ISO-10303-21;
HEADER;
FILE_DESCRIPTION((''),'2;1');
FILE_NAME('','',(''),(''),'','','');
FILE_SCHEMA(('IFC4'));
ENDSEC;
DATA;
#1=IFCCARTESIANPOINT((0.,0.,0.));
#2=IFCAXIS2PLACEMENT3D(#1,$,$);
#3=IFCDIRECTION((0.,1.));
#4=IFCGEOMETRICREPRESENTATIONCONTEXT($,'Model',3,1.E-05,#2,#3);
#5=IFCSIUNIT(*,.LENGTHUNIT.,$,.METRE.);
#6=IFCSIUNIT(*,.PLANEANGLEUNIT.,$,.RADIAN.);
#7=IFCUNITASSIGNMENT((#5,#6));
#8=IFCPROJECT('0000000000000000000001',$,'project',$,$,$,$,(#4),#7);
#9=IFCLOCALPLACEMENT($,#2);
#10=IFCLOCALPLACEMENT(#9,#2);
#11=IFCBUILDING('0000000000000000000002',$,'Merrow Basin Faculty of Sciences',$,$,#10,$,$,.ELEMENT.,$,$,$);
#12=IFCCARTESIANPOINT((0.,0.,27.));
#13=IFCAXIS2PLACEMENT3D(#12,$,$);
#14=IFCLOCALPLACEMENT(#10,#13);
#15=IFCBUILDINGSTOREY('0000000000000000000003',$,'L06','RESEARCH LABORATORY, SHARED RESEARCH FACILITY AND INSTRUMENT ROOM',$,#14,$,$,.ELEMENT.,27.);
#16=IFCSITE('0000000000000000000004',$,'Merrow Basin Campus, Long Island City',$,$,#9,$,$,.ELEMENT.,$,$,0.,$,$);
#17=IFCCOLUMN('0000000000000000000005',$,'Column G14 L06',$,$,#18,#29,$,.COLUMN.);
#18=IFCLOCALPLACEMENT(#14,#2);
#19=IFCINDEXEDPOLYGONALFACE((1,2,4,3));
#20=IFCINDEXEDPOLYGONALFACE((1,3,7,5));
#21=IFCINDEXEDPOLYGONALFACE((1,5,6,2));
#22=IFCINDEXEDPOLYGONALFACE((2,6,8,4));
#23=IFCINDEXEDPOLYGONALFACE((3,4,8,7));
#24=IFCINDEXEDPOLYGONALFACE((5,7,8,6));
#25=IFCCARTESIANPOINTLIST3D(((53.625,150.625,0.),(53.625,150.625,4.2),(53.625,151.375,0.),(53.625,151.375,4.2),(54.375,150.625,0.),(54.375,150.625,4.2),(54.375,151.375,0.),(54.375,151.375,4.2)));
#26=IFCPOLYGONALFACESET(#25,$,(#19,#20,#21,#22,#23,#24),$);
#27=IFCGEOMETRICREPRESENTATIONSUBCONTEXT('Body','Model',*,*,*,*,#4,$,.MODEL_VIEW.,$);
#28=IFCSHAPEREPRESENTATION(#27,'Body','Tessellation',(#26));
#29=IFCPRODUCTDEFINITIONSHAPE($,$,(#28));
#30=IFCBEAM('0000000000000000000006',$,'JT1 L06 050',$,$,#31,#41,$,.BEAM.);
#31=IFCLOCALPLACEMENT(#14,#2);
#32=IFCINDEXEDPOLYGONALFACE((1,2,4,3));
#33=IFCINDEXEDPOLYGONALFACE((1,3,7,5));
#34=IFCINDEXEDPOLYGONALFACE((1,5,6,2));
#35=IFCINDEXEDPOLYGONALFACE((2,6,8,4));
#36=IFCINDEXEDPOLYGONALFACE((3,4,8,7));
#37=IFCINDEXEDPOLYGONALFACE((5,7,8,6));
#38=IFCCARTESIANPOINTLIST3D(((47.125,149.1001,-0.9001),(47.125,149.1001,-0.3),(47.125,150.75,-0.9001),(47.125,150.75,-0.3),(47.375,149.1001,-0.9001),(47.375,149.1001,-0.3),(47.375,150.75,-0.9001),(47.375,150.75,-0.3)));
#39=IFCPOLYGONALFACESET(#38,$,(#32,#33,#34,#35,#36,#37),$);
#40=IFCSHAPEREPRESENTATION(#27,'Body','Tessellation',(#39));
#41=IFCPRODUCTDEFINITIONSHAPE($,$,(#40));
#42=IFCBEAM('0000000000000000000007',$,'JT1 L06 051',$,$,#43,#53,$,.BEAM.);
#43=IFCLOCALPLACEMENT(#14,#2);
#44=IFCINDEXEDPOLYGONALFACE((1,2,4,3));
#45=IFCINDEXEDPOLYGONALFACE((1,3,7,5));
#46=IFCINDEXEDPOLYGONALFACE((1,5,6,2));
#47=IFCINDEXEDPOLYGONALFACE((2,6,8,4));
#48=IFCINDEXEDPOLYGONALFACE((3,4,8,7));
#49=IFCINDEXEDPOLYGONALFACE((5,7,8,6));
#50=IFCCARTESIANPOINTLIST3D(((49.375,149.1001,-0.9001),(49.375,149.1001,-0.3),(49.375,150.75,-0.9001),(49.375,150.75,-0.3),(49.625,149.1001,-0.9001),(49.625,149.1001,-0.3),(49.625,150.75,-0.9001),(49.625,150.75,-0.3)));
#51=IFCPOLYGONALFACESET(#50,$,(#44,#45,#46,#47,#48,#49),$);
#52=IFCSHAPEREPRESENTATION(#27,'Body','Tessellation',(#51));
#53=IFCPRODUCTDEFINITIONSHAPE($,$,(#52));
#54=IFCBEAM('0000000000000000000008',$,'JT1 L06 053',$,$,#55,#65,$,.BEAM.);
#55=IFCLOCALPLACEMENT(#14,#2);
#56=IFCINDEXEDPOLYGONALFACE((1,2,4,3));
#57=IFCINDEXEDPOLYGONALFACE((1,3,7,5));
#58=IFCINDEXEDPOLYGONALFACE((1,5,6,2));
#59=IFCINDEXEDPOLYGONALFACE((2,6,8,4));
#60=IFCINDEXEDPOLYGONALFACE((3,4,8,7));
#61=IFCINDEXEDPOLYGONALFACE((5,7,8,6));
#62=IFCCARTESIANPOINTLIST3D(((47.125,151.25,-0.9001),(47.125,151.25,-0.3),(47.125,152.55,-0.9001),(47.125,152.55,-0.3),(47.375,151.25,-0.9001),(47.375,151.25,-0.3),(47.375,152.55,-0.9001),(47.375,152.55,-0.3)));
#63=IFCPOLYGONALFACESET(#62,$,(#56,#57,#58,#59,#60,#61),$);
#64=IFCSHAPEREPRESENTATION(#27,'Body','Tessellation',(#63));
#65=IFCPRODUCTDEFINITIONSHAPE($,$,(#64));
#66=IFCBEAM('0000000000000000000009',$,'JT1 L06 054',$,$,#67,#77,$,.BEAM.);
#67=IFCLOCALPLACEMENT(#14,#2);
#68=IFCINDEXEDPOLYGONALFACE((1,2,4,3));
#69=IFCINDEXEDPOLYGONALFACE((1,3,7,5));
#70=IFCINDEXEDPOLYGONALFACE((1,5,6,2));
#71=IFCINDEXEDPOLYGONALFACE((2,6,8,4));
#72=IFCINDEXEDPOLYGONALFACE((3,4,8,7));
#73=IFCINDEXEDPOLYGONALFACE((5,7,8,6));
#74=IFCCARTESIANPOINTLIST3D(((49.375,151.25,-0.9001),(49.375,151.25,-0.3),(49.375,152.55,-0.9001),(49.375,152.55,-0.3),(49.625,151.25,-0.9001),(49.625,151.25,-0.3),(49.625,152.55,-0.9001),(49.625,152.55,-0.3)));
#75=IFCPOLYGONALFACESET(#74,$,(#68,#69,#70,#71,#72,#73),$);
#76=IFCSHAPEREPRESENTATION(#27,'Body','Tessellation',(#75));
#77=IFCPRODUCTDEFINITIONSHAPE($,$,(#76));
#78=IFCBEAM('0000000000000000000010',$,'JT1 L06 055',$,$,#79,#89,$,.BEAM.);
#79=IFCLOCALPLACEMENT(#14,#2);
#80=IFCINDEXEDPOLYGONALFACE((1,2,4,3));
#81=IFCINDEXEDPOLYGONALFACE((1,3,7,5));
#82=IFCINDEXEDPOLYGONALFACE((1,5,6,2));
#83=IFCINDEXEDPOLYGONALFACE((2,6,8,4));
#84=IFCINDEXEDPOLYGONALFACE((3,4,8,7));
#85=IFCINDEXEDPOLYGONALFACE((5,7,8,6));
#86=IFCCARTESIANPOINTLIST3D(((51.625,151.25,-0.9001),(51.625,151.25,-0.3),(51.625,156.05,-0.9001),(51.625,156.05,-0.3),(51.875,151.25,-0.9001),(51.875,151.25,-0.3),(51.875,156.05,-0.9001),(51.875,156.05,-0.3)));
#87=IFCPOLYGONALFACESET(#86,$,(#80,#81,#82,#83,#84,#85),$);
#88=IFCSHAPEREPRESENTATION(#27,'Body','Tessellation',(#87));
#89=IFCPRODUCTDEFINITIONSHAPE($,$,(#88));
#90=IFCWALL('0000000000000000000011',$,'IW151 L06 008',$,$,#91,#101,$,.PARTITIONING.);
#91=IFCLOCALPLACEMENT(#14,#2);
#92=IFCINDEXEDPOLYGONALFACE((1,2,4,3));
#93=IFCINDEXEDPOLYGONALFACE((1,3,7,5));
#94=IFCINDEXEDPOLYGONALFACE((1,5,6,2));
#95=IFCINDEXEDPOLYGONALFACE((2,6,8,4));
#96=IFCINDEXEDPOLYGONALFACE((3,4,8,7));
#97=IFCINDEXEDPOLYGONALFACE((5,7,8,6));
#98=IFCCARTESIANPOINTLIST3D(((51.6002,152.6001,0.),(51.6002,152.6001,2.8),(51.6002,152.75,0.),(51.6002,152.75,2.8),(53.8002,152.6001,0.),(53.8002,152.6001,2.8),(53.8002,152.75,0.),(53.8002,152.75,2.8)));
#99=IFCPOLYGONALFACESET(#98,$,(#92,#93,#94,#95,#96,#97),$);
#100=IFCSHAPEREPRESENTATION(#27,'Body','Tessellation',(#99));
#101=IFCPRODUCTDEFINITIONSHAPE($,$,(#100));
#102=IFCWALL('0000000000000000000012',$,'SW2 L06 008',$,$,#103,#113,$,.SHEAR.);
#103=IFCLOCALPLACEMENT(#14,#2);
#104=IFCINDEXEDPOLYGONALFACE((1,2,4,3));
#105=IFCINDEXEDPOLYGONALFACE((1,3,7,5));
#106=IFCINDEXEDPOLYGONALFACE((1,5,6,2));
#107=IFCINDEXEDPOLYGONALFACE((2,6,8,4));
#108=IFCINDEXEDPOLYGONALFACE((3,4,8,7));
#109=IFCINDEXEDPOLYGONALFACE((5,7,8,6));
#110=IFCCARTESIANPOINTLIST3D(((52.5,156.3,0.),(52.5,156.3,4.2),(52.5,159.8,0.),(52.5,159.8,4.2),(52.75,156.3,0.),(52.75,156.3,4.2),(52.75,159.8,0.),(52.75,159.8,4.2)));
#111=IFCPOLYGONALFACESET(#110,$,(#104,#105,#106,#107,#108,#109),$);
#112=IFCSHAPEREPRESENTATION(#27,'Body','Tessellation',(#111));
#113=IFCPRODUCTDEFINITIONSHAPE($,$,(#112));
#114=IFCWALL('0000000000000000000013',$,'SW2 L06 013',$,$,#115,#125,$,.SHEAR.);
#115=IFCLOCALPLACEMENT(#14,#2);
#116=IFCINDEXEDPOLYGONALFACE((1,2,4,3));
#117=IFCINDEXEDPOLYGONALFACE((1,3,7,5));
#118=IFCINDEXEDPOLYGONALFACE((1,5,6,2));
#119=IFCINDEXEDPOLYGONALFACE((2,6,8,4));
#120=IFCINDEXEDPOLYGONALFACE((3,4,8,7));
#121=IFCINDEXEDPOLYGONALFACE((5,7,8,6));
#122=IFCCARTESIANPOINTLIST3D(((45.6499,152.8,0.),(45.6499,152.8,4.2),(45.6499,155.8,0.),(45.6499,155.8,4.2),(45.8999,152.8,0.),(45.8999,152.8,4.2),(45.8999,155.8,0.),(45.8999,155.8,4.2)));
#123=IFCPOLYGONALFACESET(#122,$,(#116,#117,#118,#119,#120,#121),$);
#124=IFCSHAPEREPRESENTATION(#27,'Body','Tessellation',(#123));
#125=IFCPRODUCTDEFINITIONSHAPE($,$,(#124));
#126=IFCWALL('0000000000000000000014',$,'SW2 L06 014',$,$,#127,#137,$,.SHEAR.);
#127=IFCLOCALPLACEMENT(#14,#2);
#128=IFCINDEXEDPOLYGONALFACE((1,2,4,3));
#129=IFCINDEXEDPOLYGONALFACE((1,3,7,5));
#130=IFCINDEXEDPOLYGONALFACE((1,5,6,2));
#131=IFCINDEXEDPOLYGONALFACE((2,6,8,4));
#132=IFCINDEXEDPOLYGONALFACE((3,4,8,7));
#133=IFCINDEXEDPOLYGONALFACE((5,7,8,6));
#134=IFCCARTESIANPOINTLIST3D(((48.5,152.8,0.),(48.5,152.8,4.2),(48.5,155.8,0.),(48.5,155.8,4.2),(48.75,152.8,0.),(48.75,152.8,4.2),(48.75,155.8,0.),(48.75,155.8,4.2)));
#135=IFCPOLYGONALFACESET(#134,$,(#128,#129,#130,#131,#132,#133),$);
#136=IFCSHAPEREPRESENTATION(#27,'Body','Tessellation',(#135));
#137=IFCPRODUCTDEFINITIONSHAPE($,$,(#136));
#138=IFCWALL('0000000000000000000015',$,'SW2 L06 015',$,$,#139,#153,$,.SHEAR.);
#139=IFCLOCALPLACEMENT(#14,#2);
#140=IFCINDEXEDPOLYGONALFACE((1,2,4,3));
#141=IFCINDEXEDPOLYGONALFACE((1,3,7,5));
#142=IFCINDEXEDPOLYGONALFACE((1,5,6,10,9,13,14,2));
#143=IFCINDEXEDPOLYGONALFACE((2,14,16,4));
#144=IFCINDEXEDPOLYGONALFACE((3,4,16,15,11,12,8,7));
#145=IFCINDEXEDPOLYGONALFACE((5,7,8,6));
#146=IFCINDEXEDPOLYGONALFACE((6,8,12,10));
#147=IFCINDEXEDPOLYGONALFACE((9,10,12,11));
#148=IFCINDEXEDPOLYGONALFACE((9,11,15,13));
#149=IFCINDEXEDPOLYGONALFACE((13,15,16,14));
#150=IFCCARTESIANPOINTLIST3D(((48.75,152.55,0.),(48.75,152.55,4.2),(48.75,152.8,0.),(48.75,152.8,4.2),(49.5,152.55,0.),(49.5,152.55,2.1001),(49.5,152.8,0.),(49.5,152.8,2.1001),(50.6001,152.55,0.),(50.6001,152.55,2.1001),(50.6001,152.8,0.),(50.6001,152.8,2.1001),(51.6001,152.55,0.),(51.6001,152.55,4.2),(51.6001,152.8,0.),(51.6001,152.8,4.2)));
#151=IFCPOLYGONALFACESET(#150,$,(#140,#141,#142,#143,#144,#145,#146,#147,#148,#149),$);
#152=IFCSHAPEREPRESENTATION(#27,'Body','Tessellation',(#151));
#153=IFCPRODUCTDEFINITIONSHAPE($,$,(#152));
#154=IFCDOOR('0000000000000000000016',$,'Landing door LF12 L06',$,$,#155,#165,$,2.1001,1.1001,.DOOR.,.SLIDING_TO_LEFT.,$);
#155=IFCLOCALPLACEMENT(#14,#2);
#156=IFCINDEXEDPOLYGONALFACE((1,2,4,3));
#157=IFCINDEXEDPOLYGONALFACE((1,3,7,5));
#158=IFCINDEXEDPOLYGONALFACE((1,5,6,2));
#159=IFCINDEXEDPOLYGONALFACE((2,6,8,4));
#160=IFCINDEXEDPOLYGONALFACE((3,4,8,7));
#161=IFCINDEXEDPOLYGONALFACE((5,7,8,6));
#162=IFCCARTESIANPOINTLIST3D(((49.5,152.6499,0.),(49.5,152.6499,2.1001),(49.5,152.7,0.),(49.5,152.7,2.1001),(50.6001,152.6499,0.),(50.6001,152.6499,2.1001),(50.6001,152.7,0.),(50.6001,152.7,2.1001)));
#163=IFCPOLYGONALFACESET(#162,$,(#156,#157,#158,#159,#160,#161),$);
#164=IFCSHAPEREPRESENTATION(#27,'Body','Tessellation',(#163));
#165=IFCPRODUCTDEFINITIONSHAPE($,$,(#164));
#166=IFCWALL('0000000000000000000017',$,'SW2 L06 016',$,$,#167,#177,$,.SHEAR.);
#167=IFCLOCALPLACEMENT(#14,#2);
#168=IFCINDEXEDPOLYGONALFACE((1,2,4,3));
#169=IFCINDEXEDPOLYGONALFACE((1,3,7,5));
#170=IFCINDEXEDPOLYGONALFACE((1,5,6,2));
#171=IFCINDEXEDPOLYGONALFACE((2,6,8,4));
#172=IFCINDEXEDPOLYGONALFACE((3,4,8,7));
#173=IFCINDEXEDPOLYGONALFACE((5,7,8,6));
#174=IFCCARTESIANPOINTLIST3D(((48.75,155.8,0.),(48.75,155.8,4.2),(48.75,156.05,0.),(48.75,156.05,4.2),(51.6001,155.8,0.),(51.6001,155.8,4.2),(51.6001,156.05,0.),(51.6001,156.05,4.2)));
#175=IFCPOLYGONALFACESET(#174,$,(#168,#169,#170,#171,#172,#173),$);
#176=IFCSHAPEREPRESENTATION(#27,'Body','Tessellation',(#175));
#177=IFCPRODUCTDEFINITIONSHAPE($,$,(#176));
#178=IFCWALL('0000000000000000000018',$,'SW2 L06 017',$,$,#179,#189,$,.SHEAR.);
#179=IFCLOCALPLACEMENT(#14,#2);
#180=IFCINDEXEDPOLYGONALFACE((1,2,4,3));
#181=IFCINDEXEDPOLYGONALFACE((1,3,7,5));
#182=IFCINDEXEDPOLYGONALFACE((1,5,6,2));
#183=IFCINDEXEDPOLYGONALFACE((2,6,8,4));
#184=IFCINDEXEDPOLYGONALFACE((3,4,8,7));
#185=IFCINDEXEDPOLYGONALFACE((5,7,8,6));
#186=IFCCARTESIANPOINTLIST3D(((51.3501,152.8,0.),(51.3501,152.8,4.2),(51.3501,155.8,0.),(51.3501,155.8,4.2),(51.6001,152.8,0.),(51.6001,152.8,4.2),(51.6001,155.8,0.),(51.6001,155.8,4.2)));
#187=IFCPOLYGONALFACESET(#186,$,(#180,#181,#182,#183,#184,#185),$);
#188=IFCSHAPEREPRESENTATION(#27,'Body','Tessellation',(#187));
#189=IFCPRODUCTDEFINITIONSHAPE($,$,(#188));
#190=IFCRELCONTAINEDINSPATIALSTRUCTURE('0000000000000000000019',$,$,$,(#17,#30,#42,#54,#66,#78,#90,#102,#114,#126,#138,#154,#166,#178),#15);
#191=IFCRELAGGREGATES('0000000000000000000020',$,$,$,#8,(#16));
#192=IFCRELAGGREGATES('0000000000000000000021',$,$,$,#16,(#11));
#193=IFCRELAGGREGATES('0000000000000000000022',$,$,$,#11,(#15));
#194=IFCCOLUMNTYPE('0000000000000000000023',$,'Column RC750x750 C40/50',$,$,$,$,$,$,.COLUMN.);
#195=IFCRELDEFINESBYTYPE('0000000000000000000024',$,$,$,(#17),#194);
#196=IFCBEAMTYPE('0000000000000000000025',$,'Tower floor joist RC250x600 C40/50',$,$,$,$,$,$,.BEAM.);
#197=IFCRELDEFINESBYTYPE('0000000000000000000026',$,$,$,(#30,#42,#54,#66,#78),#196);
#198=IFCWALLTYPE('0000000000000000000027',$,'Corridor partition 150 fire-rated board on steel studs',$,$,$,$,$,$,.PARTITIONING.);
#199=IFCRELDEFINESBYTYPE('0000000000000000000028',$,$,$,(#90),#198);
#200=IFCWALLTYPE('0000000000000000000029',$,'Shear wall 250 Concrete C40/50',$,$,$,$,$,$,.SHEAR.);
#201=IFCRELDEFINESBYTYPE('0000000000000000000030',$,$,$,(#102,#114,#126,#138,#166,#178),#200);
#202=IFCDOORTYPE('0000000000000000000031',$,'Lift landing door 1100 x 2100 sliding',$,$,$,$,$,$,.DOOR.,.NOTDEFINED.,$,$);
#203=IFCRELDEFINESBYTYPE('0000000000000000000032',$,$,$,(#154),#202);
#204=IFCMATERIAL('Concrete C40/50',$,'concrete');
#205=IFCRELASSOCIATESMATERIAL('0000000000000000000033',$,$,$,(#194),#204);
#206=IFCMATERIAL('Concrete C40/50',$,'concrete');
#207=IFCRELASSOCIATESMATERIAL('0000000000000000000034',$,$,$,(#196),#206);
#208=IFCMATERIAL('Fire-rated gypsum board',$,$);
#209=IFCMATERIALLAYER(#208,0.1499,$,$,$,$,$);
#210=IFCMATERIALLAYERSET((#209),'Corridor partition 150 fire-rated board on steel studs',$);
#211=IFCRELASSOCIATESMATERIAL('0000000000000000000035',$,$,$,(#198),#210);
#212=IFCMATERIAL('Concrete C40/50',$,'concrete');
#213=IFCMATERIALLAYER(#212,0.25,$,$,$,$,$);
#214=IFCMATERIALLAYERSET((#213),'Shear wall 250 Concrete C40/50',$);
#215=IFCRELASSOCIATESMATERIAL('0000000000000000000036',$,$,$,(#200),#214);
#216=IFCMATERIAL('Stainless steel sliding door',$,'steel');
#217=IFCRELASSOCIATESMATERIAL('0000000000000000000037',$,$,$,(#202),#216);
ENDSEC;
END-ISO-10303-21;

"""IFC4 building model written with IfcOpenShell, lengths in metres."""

from ifc_helpers import new_model, si_unit, direction, frame, frame_2d, origin, origin_2d, place, context, subcontext, project, spatial, rectangle, extrude, material, layer, layer_set, material_profile, profile_set, type_object, element, fill, save


model = new_model("IFC4")

# Units and contexts
model_context = context("Model", 3, precision=1e-05, world=origin(), true_north=direction((0.0, 1.0)))
body_context = subcontext(model_context, "Body", "Model", "MODEL_VIEW")
ifc_project = project(units=[si_unit("LENGTHUNIT", "METRE"), si_unit("PLANEANGLEUNIT", "RADIAN")], contexts=[model_context])

# Site, building, storey
site_placement = place(None, origin())
site = spatial("IfcSite", under=ifc_project, at=site_placement, Name="Merrow Basin Campus, Long Island City", CompositionType="ELEMENT", RefElevation=0.0)
building_placement = place(site_placement, origin())
building = spatial("IfcBuilding", under=site, at=building_placement, Name="Merrow Basin Faculty of Sciences", CompositionType="ELEMENT")
storey_placement = place(building_placement, frame((0.0, 0.0, 27.0)))
storey = spatial("IfcBuildingStorey", under=building, at=storey_placement, Name="L06", Description="RESEARCH LABORATORY, SHARED RESEARCH FACILITY AND INSTRUMENT ROOM", CompositionType="ELEMENT", Elevation=27.0)

# Column
ifc_material_1 = material(Name="Concrete C40/50", Category="concrete")
ifc_material_profile_1 = material_profile(ifc_material_1, rectangle(XDim=0.75, YDim=0.75, at=origin_2d()))
ifc_profile_set_1 = profile_set([ifc_material_profile_1], Name="Concrete C40/50")
column_type = type_object("IfcColumnType", Name="Column RC750x750 C40/50", PredefinedType="COLUMN", material=ifc_profile_set_1)
column_placement = place(storey_placement, frame((54.0, 151.0, 0.0), z_axis=(0.0, 0.0, 1.0), x_axis=(1.0, 0.0, 0.0)))
element("IfcColumn", 1, at=column_placement, inside=storey, type_object=column_type, Name="Column G14 L06", PredefinedType="COLUMN", context=body_context, shape_type="SweptSolid", body=[
    extrude(rectangle(XDim=0.75, YDim=0.75, at=origin_2d()), origin(), (0.0, 0.0, 1.0), 4.2),
])

# Beams
ifc_material_2 = material(Name="Concrete C40/50", Category="concrete")
ifc_material_profile_2 = material_profile(ifc_material_2, rectangle(XDim=0.25, YDim=0.6001, at=origin_2d()))
ifc_profile_set_2 = profile_set([ifc_material_profile_2], Name="Concrete C40/50")
beam_type = type_object("IfcBeamType", Name="Tower floor joist RC250x600 C40/50", PredefinedType="BEAM", material=ifc_profile_set_2)
for number, where, z_axis, x_axis, name in (
    (2, (47.25, 149.1001, -0.6001), (0.0, 1.0, 0.0), (-1.0, 0.0, 0.0), "JT1 L06 050"),
    (3, (49.5, 149.1001, -0.6001), (0.0, 1.0, 0.0), (-1.0, 0.0, 0.0), "JT1 L06 051"),
):
    element("IfcBeam", number, at=place(storey_placement, frame(where, z_axis=z_axis, x_axis=x_axis)), inside=storey, type_object=beam_type, Name=name, PredefinedType="BEAM", context=body_context, shape_type="SweptSolid", body=[
        extrude(rectangle(XDim=0.25, YDim=0.6001, at=origin_2d()), origin(), (0.0, 0.0, 1.0), 1.6499),
    ])
for number, where, z_axis, x_axis, name in (
    (4, (47.25, 151.25, -0.6001), (0.0, 1.0, 0.0), (-1.0, 0.0, 0.0), "JT1 L06 053"),
    (5, (49.5, 151.25, -0.6001), (0.0, 1.0, 0.0), (-1.0, 0.0, 0.0), "JT1 L06 054"),
):
    element("IfcBeam", number, at=place(storey_placement, frame(where, z_axis=z_axis, x_axis=x_axis)), inside=storey, type_object=beam_type, Name=name, PredefinedType="BEAM", context=body_context, shape_type="SweptSolid", body=[
        extrude(rectangle(XDim=0.25, YDim=0.6001, at=origin_2d()), origin(), (0.0, 0.0, 1.0), 1.3),
    ])
beam_placement = place(storey_placement, frame((51.75, 151.25, -0.6001), z_axis=(0.0, 1.0, 0.0), x_axis=(-1.0, 0.0, 0.0)))
element("IfcBeam", 6, at=beam_placement, inside=storey, type_object=beam_type, Name="JT1 L06 055", PredefinedType="BEAM", context=body_context, shape_type="SweptSolid", body=[
    extrude(rectangle(XDim=0.25, YDim=0.6001, at=origin_2d()), origin(), (0.0, 0.0, 1.0), 4.8),
])

# Walls
ifc_material_3 = material(Name="Fire-rated gypsum board")
ifc_layer_1 = layer(ifc_material_3, 0.1499)
ifc_layer_set_1 = layer_set([ifc_layer_1], Name="Corridor partition 150 fire-rated board on steel studs")
wall_type_1 = type_object("IfcWallType", Name="Corridor partition 150 fire-rated board on steel studs", PredefinedType="PARTITIONING", material=ifc_layer_set_1)
wall_1_placement = place(storey_placement, frame((51.6001, 152.675, 0.0), z_axis=(0.0, 0.0, 1.0), x_axis=(1.0, 0.0, 0.0)))
element("IfcWall", 7, at=wall_1_placement, inside=storey, type_object=wall_type_1, Name="IW151 L06 008", PredefinedType="PARTITIONING", context=body_context, shape_type="SweptSolid", body=[
    extrude(rectangle(XDim=2.2, YDim=0.1499, at=frame_2d((1.1001, 0.0))), origin(), (0.0, 0.0, 1.0), 2.8),
])
ifc_material_4 = material(Name="Concrete C40/50", Category="concrete")
ifc_layer_2 = layer(ifc_material_4, 0.25)
ifc_layer_set_2 = layer_set([ifc_layer_2], Name="Shear wall 250 Concrete C40/50")
wall_type_2 = type_object("IfcWallType", Name="Shear wall 250 Concrete C40/50", PredefinedType="SHEAR", material=ifc_layer_set_2)
wall_2_placement = place(storey_placement, frame((52.625, 156.3, 0.0), z_axis=(0.0, 0.0, 1.0), x_axis=(0.0, 1.0, 0.0)))
element("IfcWall", 8, at=wall_2_placement, inside=storey, type_object=wall_type_2, Name="SW2 L06 008", PredefinedType="SHEAR", context=body_context, shape_type="SweptSolid", body=[
    extrude(rectangle(XDim=3.5, YDim=0.25, at=frame_2d((1.75, 0.0))), origin(), (0.0, 0.0, 1.0), 4.2),
])
for number, where, z_axis, x_axis, name in (
    (9, (45.7749, 152.8, 0.0), (0.0, 0.0, 1.0), (0.0, 1.0, 0.0), "SW2 L06 013"),
    (10, (48.625, 152.8, 0.0), (0.0, 0.0, 1.0), (0.0, 1.0, 0.0), "SW2 L06 014"),
):
    element("IfcWall", number, at=place(storey_placement, frame(where, z_axis=z_axis, x_axis=x_axis)), inside=storey, type_object=wall_type_2, Name=name, PredefinedType="SHEAR", context=body_context, shape_type="SweptSolid", body=[
        extrude(rectangle(XDim=3.0, YDim=0.25, at=frame_2d((1.5, 0.0))), origin(), (0.0, 0.0, 1.0), 4.2),
    ])

# Wall, opening, door
wall_3_placement = place(storey_placement, frame((48.75, 152.675, 0.0), z_axis=(0.0, 0.0, 1.0), x_axis=(1.0, 0.0, 0.0)))
wall_3 = element("IfcWall", 11, at=wall_3_placement, inside=storey, type_object=wall_type_2, Name="SW2 L06 015", PredefinedType="SHEAR", context=body_context, shape_type="SweptSolid", body=[
    extrude(rectangle(XDim=2.8501, YDim=0.25, at=frame_2d((1.425, 0.0))), origin(), (0.0, 0.0, 1.0), 4.2),
])
opening_placement = place(wall_3_placement, frame((0.75, 0.0, 0.0)))
opening = element("IfcOpeningElement", 12, at=opening_placement, cuts=wall_3, PredefinedType="OPENING", context=body_context, shape_type="SweptSolid", body=[
    extrude(rectangle(XDim=1.1001, YDim=2.1001, at=frame_2d((0.55, 1.05))), frame((0.0, 0.135, 0.0), z_axis=(0.0, -1.0, 0.0), x_axis=(1.0, 0.0, 0.0)), (0.0, 0.0, 1.0), 0.27),
])
ifc_material_5 = material(Name="Stainless steel sliding door", Category="steel")
door_type = type_object("IfcDoorType", Name="Lift landing door 1100 x 2100 sliding", OperationType="NOTDEFINED", PredefinedType="DOOR", material=ifc_material_5)
door_placement = place(opening_placement, origin())
door = element("IfcDoor", 13, at=door_placement, inside=storey, type_object=door_type, Name="Landing door LF12 L06", OperationType="SLIDING_TO_LEFT", OverallHeight=2.1001, OverallWidth=1.1001, PredefinedType="DOOR", context=body_context, shape_type="SweptSolid", body=[
    extrude(rectangle(XDim=1.1001, YDim=2.1001, at=frame_2d((0.55, 1.05))), frame((0.0, 0.0249, 0.0), z_axis=(0.0, -1.0, 0.0), x_axis=(1.0, 0.0, 0.0)), (0.0, 0.0, 1.0), 0.05),
])
fill(opening, door)

# Walls
wall_4_placement = place(storey_placement, frame((48.75, 155.925, 0.0), z_axis=(0.0, 0.0, 1.0), x_axis=(1.0, 0.0, 0.0)))
element("IfcWall", 14, at=wall_4_placement, inside=storey, type_object=wall_type_2, Name="SW2 L06 016", PredefinedType="SHEAR", context=body_context, shape_type="SweptSolid", body=[
    extrude(rectangle(XDim=2.8501, YDim=0.25, at=frame_2d((1.425, 0.0))), origin(), (0.0, 0.0, 1.0), 4.2),
])
wall_5_placement = place(storey_placement, frame((51.4751, 152.8, 0.0), z_axis=(0.0, 0.0, 1.0), x_axis=(0.0, 1.0, 0.0)))
element("IfcWall", 15, at=wall_5_placement, inside=storey, type_object=wall_type_2, Name="SW2 L06 017", PredefinedType="SHEAR", context=body_context, shape_type="SweptSolid", body=[
    extrude(rectangle(XDim=3.0, YDim=0.25, at=frame_2d((1.5, 0.0))), origin(), (0.0, 0.0, 1.0), 4.2),
])

save(model, "model.ifc")
